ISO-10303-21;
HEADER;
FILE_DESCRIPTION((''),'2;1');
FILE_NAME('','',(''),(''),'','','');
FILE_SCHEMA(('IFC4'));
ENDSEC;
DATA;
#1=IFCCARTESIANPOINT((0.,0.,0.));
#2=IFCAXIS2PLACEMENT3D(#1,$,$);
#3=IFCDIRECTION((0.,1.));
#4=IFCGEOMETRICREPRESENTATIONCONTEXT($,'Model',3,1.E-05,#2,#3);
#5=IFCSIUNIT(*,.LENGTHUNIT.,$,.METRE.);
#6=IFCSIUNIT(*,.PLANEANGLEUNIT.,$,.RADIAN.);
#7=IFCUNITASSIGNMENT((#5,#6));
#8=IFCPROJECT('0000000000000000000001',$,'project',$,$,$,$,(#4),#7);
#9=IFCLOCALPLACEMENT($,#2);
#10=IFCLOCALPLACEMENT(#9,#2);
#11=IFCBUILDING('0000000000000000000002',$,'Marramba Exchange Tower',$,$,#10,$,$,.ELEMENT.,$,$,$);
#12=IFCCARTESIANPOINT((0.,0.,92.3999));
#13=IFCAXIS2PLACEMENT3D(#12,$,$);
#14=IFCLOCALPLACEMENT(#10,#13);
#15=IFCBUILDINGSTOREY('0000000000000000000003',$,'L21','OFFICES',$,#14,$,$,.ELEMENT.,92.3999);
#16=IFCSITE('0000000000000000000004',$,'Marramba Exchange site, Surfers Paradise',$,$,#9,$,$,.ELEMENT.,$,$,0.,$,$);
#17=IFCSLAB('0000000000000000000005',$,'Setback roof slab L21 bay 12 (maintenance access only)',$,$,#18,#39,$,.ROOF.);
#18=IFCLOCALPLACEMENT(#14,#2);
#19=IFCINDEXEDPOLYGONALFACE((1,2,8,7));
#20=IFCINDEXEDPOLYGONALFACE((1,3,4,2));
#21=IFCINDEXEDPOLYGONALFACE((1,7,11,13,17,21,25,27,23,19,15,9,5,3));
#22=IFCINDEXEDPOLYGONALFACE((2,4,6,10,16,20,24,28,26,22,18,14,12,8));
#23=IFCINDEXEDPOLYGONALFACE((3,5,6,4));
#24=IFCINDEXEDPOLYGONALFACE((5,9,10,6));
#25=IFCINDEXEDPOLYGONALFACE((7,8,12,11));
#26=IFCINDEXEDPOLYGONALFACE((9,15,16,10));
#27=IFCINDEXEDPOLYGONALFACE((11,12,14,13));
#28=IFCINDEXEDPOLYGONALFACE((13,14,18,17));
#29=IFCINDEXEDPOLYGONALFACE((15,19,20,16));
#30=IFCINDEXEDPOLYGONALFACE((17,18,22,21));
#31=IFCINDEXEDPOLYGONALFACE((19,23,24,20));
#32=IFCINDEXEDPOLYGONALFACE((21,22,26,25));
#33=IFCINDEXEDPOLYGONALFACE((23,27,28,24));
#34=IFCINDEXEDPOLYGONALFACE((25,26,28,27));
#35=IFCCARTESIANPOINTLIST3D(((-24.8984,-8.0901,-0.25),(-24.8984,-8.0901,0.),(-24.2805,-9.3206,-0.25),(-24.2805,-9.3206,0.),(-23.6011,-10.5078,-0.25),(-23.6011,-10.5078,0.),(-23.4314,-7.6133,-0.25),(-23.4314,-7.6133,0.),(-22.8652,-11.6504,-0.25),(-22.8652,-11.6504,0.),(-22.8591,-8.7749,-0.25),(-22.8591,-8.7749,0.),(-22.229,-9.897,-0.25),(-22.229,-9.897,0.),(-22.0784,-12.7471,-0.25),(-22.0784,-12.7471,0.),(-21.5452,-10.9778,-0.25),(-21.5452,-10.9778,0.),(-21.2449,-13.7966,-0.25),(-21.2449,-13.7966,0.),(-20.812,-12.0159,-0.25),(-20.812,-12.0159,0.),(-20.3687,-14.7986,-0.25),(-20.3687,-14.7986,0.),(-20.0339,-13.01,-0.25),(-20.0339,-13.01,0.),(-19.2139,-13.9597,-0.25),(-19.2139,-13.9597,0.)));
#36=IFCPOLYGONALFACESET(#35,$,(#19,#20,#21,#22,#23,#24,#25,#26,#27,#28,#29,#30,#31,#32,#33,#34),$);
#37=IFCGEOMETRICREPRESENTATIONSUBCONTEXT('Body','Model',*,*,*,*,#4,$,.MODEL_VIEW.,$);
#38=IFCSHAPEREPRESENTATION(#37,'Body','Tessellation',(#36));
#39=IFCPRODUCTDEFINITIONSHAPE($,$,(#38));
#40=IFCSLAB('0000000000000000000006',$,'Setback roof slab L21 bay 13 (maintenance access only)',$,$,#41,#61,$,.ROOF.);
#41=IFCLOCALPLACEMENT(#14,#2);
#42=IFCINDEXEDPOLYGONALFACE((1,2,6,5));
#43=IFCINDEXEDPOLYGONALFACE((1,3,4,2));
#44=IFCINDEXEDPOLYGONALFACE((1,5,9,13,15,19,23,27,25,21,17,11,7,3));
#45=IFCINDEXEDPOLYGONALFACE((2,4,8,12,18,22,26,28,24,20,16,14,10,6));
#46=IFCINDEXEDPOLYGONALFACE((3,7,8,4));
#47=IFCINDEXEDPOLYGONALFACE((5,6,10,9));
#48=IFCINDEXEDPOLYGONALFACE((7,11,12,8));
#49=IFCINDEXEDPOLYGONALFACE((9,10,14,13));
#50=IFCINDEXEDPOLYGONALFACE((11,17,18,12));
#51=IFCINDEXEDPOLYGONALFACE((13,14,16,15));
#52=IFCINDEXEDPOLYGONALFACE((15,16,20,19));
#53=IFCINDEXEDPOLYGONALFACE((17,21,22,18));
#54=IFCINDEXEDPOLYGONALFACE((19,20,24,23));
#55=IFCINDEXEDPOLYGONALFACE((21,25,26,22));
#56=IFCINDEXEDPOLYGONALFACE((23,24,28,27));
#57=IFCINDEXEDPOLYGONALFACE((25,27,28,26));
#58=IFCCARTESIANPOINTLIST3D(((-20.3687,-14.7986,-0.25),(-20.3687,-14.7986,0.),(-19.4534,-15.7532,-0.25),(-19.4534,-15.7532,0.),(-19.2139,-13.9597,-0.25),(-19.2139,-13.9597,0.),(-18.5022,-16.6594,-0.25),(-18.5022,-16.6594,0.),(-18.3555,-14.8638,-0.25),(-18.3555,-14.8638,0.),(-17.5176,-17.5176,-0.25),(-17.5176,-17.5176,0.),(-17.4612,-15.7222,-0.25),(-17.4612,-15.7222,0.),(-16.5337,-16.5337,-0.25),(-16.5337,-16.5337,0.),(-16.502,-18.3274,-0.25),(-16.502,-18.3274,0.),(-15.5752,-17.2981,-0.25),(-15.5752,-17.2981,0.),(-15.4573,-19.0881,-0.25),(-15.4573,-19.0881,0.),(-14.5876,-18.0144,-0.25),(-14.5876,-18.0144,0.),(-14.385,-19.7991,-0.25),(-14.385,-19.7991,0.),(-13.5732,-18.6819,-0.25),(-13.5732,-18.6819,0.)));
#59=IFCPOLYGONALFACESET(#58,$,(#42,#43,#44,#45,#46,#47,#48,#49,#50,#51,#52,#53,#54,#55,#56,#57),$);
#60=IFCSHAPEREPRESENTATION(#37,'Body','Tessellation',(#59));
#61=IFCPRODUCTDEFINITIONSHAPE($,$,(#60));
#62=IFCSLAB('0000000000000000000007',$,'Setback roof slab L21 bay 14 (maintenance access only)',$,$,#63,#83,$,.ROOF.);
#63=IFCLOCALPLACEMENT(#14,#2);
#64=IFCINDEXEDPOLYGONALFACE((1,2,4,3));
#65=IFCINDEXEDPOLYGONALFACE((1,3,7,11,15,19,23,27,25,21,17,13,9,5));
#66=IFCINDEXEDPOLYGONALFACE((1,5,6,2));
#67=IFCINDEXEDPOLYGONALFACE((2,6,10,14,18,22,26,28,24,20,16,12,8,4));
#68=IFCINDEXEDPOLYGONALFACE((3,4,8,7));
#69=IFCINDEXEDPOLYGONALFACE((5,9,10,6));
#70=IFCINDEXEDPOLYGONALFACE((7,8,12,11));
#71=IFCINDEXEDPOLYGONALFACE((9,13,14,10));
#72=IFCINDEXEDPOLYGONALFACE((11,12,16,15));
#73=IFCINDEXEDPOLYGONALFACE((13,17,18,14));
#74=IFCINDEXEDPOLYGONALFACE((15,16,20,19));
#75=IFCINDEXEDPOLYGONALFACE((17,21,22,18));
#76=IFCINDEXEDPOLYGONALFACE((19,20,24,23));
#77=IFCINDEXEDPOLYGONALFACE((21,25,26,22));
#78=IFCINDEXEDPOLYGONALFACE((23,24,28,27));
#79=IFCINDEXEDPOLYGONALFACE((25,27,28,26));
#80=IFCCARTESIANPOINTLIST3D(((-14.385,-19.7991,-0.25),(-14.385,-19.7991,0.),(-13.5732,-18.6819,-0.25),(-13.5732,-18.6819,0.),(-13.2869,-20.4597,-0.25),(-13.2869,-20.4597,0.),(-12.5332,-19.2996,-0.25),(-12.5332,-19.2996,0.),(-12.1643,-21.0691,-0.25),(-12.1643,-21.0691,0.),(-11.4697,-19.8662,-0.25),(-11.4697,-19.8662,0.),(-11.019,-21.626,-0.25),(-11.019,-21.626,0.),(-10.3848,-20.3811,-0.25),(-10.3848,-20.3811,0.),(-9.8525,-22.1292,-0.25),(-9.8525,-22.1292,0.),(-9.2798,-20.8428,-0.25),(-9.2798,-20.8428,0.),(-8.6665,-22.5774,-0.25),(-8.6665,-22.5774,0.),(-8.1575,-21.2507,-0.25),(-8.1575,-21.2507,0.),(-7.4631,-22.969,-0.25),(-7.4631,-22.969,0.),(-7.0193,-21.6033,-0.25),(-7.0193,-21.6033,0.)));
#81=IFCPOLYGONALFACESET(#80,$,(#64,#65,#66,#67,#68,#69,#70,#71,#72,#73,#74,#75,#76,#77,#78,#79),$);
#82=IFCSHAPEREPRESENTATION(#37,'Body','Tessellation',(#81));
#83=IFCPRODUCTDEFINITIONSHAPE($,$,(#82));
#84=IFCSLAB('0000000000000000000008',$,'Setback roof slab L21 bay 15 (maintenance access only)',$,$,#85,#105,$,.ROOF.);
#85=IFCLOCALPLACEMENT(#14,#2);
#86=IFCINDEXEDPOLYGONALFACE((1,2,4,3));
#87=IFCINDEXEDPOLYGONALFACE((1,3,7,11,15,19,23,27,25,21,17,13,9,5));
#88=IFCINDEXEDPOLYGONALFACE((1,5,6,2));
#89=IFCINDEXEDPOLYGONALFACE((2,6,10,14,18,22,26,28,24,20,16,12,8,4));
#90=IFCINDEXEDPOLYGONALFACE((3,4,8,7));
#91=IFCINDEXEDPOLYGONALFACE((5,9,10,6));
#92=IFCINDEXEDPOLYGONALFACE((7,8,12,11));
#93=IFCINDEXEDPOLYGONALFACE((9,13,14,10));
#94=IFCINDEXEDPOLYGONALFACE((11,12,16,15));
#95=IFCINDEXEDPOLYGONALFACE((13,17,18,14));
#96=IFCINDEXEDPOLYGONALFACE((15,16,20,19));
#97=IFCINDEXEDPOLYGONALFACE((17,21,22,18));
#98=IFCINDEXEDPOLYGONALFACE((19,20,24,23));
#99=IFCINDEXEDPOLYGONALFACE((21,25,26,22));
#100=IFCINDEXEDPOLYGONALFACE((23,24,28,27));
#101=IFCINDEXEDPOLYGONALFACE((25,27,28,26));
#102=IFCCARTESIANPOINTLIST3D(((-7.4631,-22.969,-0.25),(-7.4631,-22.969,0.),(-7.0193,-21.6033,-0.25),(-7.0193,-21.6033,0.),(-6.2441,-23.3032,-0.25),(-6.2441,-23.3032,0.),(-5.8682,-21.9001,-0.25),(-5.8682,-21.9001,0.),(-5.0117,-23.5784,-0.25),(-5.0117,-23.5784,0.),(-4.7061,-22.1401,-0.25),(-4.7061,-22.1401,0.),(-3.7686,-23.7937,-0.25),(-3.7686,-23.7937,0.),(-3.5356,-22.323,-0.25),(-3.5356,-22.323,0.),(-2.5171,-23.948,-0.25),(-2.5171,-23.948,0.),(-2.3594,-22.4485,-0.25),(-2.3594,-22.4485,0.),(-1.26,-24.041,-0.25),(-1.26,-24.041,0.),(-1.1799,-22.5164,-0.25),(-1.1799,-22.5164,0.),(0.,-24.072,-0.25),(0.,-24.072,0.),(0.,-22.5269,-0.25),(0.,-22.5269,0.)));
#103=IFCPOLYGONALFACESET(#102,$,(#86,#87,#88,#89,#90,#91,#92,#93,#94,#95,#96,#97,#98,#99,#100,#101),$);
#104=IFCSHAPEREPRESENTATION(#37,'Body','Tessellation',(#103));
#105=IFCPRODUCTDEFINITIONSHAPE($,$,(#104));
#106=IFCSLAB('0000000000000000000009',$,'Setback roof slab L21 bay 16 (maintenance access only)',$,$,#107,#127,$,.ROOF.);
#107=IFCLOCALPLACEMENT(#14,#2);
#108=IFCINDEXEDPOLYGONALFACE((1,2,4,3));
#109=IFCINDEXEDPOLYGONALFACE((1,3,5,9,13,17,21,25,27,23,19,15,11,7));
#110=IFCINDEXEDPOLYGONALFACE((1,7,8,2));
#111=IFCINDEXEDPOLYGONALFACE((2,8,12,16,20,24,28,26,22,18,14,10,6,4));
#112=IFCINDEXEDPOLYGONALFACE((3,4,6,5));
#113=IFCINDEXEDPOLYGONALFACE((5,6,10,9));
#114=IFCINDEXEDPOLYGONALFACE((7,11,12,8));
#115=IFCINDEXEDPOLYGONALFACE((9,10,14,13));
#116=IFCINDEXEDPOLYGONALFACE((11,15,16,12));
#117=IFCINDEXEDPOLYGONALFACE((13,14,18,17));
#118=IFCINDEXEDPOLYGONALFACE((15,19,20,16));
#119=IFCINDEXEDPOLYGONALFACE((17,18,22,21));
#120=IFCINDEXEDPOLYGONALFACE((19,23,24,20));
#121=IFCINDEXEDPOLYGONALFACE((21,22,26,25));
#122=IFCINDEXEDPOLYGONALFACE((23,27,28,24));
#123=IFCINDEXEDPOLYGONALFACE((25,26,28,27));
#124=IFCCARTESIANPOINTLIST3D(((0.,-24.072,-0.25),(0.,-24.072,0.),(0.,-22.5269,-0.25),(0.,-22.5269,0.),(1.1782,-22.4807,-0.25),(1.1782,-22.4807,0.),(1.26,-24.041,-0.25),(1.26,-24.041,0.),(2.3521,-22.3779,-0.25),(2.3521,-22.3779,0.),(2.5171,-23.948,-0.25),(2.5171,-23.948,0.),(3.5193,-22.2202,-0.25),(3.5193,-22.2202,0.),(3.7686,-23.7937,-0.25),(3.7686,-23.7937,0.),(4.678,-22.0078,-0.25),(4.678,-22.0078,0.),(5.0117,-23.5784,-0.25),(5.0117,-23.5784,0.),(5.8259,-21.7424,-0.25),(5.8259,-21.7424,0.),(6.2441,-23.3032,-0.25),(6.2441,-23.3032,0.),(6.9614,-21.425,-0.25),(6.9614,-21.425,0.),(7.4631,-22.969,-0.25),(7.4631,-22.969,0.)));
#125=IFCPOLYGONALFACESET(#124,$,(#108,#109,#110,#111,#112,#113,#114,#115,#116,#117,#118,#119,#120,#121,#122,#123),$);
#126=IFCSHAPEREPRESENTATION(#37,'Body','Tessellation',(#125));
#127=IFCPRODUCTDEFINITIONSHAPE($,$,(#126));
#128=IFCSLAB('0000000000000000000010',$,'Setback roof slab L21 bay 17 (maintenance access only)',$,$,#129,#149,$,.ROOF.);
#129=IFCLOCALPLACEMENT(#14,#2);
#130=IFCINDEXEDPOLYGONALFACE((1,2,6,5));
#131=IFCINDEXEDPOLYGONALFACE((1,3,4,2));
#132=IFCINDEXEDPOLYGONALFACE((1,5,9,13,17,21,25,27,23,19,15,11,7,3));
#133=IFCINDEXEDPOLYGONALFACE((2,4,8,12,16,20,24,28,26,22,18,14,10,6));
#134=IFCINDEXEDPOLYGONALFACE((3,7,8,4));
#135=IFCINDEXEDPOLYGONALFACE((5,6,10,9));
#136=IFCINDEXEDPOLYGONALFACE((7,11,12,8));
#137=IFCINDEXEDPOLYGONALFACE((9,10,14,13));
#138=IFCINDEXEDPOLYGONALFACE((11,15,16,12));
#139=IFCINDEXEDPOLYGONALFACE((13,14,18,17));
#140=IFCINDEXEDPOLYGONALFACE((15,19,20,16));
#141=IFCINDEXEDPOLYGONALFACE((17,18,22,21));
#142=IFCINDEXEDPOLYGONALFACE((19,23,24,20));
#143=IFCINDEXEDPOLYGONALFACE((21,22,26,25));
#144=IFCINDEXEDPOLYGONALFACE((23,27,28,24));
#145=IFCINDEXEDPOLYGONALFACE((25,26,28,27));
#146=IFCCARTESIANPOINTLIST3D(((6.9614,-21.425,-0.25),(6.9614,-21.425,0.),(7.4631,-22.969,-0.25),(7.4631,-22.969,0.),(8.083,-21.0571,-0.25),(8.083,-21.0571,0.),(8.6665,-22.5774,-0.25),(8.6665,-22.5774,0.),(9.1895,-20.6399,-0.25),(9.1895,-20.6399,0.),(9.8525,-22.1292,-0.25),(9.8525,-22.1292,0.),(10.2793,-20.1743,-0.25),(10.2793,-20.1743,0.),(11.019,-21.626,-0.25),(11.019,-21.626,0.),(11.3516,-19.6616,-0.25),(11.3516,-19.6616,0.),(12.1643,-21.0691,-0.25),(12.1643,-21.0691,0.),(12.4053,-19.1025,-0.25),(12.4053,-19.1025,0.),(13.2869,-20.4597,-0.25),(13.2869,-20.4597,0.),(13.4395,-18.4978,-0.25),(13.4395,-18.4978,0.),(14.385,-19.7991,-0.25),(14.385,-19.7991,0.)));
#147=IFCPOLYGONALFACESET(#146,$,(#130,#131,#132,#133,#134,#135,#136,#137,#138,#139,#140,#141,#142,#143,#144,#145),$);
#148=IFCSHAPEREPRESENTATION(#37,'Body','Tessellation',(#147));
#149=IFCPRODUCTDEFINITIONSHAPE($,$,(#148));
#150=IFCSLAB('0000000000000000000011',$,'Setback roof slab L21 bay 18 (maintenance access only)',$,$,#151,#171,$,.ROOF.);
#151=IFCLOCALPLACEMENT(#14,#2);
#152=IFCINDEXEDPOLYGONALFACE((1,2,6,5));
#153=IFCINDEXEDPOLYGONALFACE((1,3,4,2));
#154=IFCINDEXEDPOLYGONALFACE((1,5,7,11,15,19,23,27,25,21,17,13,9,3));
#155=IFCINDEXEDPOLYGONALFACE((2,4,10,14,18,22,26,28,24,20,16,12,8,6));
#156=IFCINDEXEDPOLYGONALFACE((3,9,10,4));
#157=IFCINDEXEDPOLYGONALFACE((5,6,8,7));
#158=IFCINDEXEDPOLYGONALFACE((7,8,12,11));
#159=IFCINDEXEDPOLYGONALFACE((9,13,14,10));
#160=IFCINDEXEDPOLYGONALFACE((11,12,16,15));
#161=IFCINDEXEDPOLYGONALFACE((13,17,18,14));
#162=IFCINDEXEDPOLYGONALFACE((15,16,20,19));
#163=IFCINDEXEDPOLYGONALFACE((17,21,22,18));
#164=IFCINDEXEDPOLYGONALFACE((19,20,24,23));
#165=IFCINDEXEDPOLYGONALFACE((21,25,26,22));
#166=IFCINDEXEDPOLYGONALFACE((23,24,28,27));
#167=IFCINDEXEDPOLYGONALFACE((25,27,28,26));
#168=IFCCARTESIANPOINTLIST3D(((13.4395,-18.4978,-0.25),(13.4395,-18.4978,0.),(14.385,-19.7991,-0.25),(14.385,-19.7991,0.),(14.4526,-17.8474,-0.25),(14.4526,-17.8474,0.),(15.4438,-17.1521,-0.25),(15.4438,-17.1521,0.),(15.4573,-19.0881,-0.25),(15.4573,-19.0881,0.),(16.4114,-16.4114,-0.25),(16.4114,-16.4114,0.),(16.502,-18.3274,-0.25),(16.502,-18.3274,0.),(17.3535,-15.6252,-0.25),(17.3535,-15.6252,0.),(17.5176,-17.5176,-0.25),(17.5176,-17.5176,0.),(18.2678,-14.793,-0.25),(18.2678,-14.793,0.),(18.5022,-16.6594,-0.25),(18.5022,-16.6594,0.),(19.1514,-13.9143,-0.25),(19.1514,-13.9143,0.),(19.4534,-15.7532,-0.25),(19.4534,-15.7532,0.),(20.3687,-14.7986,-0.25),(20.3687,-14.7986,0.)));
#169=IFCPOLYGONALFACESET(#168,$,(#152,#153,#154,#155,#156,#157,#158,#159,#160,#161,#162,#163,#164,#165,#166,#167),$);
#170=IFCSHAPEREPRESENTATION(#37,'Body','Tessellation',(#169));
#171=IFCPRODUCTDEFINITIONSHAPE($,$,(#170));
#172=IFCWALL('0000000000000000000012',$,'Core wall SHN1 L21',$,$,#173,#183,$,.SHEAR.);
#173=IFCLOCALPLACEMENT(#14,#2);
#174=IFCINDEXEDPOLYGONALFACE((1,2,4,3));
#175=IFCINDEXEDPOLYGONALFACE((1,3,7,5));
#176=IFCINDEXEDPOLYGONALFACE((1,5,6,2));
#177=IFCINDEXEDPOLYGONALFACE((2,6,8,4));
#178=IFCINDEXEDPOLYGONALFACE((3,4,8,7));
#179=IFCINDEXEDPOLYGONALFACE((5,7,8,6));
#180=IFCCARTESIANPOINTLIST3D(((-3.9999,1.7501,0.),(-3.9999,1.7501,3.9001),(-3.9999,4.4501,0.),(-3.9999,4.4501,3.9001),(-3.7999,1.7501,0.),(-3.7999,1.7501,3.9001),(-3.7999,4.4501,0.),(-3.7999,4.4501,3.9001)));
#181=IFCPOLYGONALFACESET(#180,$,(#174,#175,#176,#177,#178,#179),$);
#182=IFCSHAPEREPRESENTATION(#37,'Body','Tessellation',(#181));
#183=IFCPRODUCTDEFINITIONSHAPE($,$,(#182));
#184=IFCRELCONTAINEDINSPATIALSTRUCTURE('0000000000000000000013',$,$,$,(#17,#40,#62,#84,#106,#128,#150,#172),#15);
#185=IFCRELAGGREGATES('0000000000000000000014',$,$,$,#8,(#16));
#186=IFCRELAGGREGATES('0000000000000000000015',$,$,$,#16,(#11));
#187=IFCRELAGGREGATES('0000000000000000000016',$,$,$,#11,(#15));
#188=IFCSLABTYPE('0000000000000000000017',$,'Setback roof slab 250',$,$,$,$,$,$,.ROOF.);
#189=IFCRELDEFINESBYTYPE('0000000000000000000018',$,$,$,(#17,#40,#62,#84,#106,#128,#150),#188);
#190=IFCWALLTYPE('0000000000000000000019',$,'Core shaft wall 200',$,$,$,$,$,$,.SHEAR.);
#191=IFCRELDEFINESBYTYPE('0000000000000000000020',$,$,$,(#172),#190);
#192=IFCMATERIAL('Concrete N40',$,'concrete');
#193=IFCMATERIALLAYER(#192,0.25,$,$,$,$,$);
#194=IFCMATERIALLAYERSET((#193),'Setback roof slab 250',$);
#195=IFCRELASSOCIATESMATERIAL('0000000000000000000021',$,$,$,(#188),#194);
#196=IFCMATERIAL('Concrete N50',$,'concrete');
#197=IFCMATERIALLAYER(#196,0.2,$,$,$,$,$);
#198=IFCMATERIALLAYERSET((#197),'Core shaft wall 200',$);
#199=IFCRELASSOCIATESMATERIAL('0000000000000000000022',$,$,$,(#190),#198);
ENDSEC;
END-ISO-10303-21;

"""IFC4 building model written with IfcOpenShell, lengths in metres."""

from ifc_helpers import new_model, si_unit, direction, frame, frame_2d, origin, place, context, subcontext, project, spatial, polyline, rectangle, outline, extrude, material, layer, layer_set, type_object, element, save


model = new_model("IFC4")

# Units and contexts
model_context = context("Model", 3, precision=1e-05, world=origin(), true_north=direction((0.0, 1.0)))
body_context = subcontext(model_context, "Body", "Model", "MODEL_VIEW")
ifc_project = project(units=[si_unit("LENGTHUNIT", "METRE"), si_unit("PLANEANGLEUNIT", "RADIAN")], contexts=[model_context])

# Site, building, storey
site_placement = place(None, origin())
site = spatial("IfcSite", under=ifc_project, at=site_placement, Name="Marramba Exchange site, Surfers Paradise", CompositionType="ELEMENT", RefElevation=0.0)
building_placement = place(site_placement, origin())
building = spatial("IfcBuilding", under=site, at=building_placement, Name="Marramba Exchange Tower", CompositionType="ELEMENT")
storey_placement = place(building_placement, frame((0.0, 0.0, 92.3999)))
storey = spatial("IfcBuildingStorey", under=building, at=storey_placement, Name="L21", Description="OFFICES", CompositionType="ELEMENT", Elevation=92.3999)

# Slabs
ifc_material_1 = material(Name="Concrete N40", Category="concrete")
ifc_layer_1 = layer(ifc_material_1, 0.25)
ifc_layer_set_1 = layer_set([ifc_layer_1], Name="Setback roof slab 250")
slab_type = type_object("IfcSlabType", Name="Setback roof slab 250", PredefinedType="ROOF", material=ifc_layer_set_1)
slab_1_placement = place(storey_placement, frame((0.0, 0.0, -0.25)))
element("IfcSlab", 1, at=slab_1_placement, inside=storey, type_object=slab_type, Name="Setback roof slab L21 bay 12 (maintenance access only)", PredefinedType="ROOF", context=body_context, shape_type="SweptSolid", body=[
    extrude(outline(polyline([(-20.3687, -14.7986), (-21.2449, -13.7966), (-22.0784, -12.7471), (-22.8652, -11.6504), (-23.6011, -10.5078), (-24.2805, -9.3206), (-24.8984, -8.0901), (-23.4314, -7.6133), (-22.8591, -8.7749), (-22.229, -9.897), (-21.5452, -10.9778), (-20.812, -12.0159), (-20.0339, -13.01), (-19.2139, -13.9597), (-20.3687, -14.7986)])), origin(), (0.0, 0.0, 1.0), 0.25),
])
slab_2_placement = place(storey_placement, frame((0.0, 0.0, -0.25)))
element("IfcSlab", 2, at=slab_2_placement, inside=storey, type_object=slab_type, Name="Setback roof slab L21 bay 13 (maintenance access only)", PredefinedType="ROOF", context=body_context, shape_type="SweptSolid", body=[
    extrude(outline(polyline([(-14.385, -19.7991), (-15.4573, -19.0881), (-16.502, -18.3274), (-17.5176, -17.5176), (-18.5022, -16.6594), (-19.4534, -15.7532), (-20.3687, -14.7986), (-19.2139, -13.9597), (-18.3555, -14.8638), (-17.4612, -15.7222), (-16.5337, -16.5337), (-15.5752, -17.2981), (-14.5876, -18.0144), (-13.5732, -18.6819), (-14.385, -19.7991)])), origin(), (0.0, 0.0, 1.0), 0.25),
])
slab_3_placement = place(storey_placement, frame((0.0, 0.0, -0.25)))
element("IfcSlab", 3, at=slab_3_placement, inside=storey, type_object=slab_type, Name="Setback roof slab L21 bay 14 (maintenance access only)", PredefinedType="ROOF", context=body_context, shape_type="SweptSolid", body=[
    extrude(outline(polyline([(-7.4631, -22.969), (-8.6665, -22.5774), (-9.8525, -22.1292), (-11.019, -21.626), (-12.1643, -21.0691), (-13.2869, -20.4597), (-14.385, -19.7991), (-13.5732, -18.6819), (-12.5332, -19.2996), (-11.4697, -19.8662), (-10.3848, -20.3811), (-9.2798, -20.8428), (-8.1575, -21.2507), (-7.0193, -21.6033), (-7.4631, -22.969)])), origin(), (0.0, 0.0, 1.0), 0.25),
])
slab_4_placement = place(storey_placement, frame((0.0, 0.0, -0.25)))
element("IfcSlab", 4, at=slab_4_placement, inside=storey, type_object=slab_type, Name="Setback roof slab L21 bay 15 (maintenance access only)", PredefinedType="ROOF", context=body_context, shape_type="SweptSolid", body=[
    extrude(outline(polyline([(-1.26, -24.041), (-2.5171, -23.948), (-3.7686, -23.7937), (-5.0117, -23.5784), (-6.2441, -23.3032), (-7.4631, -22.969), (-7.0193, -21.6033), (-5.8682, -21.9001), (-4.7061, -22.1401), (-3.5356, -22.323), (-2.3594, -22.4485), (-1.1799, -22.5164), (0.0, -22.5269), (0.0, -24.072), (-1.26, -24.041)])), origin(), (0.0, 0.0, 1.0), 0.25),
])
slab_5_placement = place(storey_placement, frame((0.0, 0.0, -0.25)))
element("IfcSlab", 5, at=slab_5_placement, inside=storey, type_object=slab_type, Name="Setback roof slab L21 bay 16 (maintenance access only)", PredefinedType="ROOF", context=body_context, shape_type="SweptSolid", body=[
    extrude(outline(polyline([(6.2441, -23.3032), (5.0117, -23.5784), (3.7686, -23.7937), (2.5171, -23.948), (1.26, -24.041), (0.0, -24.072), (0.0, -22.5269), (1.1782, -22.4807), (2.3521, -22.3779), (3.5193, -22.2202), (4.678, -22.0078), (5.8259, -21.7424), (6.9614, -21.425), (7.4631, -22.969), (6.2441, -23.3032)])), origin(), (0.0, 0.0, 1.0), 0.25),
])
slab_6_placement = place(storey_placement, frame((0.0, 0.0, -0.25)))
element("IfcSlab", 6, at=slab_6_placement, inside=storey, type_object=slab_type, Name="Setback roof slab L21 bay 17 (maintenance access only)", PredefinedType="ROOF", context=body_context, shape_type="SweptSolid", body=[
    extrude(outline(polyline([(13.2869, -20.4597), (12.1643, -21.0691), (11.019, -21.626), (9.8525, -22.1292), (8.6665, -22.5774), (7.4631, -22.969), (6.9614, -21.425), (8.083, -21.0571), (9.1895, -20.6399), (10.2793, -20.1743), (11.3516, -19.6616), (12.4053, -19.1025), (13.4395, -18.4978), (14.385, -19.7991), (13.2869, -20.4597)])), origin(), (0.0, 0.0, 1.0), 0.25),
])
slab_7_placement = place(storey_placement, frame((0.0, 0.0, -0.25)))
element("IfcSlab", 7, at=slab_7_placement, inside=storey, type_object=slab_type, Name="Setback roof slab L21 bay 18 (maintenance access only)", PredefinedType="ROOF", context=body_context, shape_type="SweptSolid", body=[
    extrude(outline(polyline([(19.4534, -15.7532), (18.5022, -16.6594), (17.5176, -17.5176), (16.502, -18.3274), (15.4573, -19.0881), (14.385, -19.7991), (13.4395, -18.4978), (14.4526, -17.8474), (15.4438, -17.1521), (16.4114, -16.4114), (17.3535, -15.6252), (18.2678, -14.793), (19.1514, -13.9143), (20.3687, -14.7986), (19.4534, -15.7532)])), origin(), (0.0, 0.0, 1.0), 0.25),
])

# Wall
ifc_material_2 = material(Name="Concrete N50", Category="concrete")
ifc_layer_2 = layer(ifc_material_2, 0.2)
ifc_layer_set_2 = layer_set([ifc_layer_2], Name="Core shaft wall 200")
wall_type_1 = type_object("IfcWallType", Name="Core shaft wall 200", PredefinedType="SHEAR", material=ifc_layer_set_2)
for number, where, z_axis, x_axis, name in (
    (8, (-3.8999, 1.75, 0.0), (0.0, 0.0, 1.0), (0.0, 1.0, 0.0), "Core wall SHN1 L21"),
):
    element("IfcWall", number, at=place(storey_placement, frame(where, z_axis=z_axis, x_axis=x_axis)), inside=storey, type_object=wall_type_1, Name=name, PredefinedType="SHEAR", context=body_context, shape_type="SweptSolid", body=[
        extrude(rectangle(XDim=2.7, YDim=0.2, at=frame_2d((1.3501, 0.0))), origin(), (0.0, 0.0, 1.0), 3.9001),
    ])

save(model, "model.ifc")
